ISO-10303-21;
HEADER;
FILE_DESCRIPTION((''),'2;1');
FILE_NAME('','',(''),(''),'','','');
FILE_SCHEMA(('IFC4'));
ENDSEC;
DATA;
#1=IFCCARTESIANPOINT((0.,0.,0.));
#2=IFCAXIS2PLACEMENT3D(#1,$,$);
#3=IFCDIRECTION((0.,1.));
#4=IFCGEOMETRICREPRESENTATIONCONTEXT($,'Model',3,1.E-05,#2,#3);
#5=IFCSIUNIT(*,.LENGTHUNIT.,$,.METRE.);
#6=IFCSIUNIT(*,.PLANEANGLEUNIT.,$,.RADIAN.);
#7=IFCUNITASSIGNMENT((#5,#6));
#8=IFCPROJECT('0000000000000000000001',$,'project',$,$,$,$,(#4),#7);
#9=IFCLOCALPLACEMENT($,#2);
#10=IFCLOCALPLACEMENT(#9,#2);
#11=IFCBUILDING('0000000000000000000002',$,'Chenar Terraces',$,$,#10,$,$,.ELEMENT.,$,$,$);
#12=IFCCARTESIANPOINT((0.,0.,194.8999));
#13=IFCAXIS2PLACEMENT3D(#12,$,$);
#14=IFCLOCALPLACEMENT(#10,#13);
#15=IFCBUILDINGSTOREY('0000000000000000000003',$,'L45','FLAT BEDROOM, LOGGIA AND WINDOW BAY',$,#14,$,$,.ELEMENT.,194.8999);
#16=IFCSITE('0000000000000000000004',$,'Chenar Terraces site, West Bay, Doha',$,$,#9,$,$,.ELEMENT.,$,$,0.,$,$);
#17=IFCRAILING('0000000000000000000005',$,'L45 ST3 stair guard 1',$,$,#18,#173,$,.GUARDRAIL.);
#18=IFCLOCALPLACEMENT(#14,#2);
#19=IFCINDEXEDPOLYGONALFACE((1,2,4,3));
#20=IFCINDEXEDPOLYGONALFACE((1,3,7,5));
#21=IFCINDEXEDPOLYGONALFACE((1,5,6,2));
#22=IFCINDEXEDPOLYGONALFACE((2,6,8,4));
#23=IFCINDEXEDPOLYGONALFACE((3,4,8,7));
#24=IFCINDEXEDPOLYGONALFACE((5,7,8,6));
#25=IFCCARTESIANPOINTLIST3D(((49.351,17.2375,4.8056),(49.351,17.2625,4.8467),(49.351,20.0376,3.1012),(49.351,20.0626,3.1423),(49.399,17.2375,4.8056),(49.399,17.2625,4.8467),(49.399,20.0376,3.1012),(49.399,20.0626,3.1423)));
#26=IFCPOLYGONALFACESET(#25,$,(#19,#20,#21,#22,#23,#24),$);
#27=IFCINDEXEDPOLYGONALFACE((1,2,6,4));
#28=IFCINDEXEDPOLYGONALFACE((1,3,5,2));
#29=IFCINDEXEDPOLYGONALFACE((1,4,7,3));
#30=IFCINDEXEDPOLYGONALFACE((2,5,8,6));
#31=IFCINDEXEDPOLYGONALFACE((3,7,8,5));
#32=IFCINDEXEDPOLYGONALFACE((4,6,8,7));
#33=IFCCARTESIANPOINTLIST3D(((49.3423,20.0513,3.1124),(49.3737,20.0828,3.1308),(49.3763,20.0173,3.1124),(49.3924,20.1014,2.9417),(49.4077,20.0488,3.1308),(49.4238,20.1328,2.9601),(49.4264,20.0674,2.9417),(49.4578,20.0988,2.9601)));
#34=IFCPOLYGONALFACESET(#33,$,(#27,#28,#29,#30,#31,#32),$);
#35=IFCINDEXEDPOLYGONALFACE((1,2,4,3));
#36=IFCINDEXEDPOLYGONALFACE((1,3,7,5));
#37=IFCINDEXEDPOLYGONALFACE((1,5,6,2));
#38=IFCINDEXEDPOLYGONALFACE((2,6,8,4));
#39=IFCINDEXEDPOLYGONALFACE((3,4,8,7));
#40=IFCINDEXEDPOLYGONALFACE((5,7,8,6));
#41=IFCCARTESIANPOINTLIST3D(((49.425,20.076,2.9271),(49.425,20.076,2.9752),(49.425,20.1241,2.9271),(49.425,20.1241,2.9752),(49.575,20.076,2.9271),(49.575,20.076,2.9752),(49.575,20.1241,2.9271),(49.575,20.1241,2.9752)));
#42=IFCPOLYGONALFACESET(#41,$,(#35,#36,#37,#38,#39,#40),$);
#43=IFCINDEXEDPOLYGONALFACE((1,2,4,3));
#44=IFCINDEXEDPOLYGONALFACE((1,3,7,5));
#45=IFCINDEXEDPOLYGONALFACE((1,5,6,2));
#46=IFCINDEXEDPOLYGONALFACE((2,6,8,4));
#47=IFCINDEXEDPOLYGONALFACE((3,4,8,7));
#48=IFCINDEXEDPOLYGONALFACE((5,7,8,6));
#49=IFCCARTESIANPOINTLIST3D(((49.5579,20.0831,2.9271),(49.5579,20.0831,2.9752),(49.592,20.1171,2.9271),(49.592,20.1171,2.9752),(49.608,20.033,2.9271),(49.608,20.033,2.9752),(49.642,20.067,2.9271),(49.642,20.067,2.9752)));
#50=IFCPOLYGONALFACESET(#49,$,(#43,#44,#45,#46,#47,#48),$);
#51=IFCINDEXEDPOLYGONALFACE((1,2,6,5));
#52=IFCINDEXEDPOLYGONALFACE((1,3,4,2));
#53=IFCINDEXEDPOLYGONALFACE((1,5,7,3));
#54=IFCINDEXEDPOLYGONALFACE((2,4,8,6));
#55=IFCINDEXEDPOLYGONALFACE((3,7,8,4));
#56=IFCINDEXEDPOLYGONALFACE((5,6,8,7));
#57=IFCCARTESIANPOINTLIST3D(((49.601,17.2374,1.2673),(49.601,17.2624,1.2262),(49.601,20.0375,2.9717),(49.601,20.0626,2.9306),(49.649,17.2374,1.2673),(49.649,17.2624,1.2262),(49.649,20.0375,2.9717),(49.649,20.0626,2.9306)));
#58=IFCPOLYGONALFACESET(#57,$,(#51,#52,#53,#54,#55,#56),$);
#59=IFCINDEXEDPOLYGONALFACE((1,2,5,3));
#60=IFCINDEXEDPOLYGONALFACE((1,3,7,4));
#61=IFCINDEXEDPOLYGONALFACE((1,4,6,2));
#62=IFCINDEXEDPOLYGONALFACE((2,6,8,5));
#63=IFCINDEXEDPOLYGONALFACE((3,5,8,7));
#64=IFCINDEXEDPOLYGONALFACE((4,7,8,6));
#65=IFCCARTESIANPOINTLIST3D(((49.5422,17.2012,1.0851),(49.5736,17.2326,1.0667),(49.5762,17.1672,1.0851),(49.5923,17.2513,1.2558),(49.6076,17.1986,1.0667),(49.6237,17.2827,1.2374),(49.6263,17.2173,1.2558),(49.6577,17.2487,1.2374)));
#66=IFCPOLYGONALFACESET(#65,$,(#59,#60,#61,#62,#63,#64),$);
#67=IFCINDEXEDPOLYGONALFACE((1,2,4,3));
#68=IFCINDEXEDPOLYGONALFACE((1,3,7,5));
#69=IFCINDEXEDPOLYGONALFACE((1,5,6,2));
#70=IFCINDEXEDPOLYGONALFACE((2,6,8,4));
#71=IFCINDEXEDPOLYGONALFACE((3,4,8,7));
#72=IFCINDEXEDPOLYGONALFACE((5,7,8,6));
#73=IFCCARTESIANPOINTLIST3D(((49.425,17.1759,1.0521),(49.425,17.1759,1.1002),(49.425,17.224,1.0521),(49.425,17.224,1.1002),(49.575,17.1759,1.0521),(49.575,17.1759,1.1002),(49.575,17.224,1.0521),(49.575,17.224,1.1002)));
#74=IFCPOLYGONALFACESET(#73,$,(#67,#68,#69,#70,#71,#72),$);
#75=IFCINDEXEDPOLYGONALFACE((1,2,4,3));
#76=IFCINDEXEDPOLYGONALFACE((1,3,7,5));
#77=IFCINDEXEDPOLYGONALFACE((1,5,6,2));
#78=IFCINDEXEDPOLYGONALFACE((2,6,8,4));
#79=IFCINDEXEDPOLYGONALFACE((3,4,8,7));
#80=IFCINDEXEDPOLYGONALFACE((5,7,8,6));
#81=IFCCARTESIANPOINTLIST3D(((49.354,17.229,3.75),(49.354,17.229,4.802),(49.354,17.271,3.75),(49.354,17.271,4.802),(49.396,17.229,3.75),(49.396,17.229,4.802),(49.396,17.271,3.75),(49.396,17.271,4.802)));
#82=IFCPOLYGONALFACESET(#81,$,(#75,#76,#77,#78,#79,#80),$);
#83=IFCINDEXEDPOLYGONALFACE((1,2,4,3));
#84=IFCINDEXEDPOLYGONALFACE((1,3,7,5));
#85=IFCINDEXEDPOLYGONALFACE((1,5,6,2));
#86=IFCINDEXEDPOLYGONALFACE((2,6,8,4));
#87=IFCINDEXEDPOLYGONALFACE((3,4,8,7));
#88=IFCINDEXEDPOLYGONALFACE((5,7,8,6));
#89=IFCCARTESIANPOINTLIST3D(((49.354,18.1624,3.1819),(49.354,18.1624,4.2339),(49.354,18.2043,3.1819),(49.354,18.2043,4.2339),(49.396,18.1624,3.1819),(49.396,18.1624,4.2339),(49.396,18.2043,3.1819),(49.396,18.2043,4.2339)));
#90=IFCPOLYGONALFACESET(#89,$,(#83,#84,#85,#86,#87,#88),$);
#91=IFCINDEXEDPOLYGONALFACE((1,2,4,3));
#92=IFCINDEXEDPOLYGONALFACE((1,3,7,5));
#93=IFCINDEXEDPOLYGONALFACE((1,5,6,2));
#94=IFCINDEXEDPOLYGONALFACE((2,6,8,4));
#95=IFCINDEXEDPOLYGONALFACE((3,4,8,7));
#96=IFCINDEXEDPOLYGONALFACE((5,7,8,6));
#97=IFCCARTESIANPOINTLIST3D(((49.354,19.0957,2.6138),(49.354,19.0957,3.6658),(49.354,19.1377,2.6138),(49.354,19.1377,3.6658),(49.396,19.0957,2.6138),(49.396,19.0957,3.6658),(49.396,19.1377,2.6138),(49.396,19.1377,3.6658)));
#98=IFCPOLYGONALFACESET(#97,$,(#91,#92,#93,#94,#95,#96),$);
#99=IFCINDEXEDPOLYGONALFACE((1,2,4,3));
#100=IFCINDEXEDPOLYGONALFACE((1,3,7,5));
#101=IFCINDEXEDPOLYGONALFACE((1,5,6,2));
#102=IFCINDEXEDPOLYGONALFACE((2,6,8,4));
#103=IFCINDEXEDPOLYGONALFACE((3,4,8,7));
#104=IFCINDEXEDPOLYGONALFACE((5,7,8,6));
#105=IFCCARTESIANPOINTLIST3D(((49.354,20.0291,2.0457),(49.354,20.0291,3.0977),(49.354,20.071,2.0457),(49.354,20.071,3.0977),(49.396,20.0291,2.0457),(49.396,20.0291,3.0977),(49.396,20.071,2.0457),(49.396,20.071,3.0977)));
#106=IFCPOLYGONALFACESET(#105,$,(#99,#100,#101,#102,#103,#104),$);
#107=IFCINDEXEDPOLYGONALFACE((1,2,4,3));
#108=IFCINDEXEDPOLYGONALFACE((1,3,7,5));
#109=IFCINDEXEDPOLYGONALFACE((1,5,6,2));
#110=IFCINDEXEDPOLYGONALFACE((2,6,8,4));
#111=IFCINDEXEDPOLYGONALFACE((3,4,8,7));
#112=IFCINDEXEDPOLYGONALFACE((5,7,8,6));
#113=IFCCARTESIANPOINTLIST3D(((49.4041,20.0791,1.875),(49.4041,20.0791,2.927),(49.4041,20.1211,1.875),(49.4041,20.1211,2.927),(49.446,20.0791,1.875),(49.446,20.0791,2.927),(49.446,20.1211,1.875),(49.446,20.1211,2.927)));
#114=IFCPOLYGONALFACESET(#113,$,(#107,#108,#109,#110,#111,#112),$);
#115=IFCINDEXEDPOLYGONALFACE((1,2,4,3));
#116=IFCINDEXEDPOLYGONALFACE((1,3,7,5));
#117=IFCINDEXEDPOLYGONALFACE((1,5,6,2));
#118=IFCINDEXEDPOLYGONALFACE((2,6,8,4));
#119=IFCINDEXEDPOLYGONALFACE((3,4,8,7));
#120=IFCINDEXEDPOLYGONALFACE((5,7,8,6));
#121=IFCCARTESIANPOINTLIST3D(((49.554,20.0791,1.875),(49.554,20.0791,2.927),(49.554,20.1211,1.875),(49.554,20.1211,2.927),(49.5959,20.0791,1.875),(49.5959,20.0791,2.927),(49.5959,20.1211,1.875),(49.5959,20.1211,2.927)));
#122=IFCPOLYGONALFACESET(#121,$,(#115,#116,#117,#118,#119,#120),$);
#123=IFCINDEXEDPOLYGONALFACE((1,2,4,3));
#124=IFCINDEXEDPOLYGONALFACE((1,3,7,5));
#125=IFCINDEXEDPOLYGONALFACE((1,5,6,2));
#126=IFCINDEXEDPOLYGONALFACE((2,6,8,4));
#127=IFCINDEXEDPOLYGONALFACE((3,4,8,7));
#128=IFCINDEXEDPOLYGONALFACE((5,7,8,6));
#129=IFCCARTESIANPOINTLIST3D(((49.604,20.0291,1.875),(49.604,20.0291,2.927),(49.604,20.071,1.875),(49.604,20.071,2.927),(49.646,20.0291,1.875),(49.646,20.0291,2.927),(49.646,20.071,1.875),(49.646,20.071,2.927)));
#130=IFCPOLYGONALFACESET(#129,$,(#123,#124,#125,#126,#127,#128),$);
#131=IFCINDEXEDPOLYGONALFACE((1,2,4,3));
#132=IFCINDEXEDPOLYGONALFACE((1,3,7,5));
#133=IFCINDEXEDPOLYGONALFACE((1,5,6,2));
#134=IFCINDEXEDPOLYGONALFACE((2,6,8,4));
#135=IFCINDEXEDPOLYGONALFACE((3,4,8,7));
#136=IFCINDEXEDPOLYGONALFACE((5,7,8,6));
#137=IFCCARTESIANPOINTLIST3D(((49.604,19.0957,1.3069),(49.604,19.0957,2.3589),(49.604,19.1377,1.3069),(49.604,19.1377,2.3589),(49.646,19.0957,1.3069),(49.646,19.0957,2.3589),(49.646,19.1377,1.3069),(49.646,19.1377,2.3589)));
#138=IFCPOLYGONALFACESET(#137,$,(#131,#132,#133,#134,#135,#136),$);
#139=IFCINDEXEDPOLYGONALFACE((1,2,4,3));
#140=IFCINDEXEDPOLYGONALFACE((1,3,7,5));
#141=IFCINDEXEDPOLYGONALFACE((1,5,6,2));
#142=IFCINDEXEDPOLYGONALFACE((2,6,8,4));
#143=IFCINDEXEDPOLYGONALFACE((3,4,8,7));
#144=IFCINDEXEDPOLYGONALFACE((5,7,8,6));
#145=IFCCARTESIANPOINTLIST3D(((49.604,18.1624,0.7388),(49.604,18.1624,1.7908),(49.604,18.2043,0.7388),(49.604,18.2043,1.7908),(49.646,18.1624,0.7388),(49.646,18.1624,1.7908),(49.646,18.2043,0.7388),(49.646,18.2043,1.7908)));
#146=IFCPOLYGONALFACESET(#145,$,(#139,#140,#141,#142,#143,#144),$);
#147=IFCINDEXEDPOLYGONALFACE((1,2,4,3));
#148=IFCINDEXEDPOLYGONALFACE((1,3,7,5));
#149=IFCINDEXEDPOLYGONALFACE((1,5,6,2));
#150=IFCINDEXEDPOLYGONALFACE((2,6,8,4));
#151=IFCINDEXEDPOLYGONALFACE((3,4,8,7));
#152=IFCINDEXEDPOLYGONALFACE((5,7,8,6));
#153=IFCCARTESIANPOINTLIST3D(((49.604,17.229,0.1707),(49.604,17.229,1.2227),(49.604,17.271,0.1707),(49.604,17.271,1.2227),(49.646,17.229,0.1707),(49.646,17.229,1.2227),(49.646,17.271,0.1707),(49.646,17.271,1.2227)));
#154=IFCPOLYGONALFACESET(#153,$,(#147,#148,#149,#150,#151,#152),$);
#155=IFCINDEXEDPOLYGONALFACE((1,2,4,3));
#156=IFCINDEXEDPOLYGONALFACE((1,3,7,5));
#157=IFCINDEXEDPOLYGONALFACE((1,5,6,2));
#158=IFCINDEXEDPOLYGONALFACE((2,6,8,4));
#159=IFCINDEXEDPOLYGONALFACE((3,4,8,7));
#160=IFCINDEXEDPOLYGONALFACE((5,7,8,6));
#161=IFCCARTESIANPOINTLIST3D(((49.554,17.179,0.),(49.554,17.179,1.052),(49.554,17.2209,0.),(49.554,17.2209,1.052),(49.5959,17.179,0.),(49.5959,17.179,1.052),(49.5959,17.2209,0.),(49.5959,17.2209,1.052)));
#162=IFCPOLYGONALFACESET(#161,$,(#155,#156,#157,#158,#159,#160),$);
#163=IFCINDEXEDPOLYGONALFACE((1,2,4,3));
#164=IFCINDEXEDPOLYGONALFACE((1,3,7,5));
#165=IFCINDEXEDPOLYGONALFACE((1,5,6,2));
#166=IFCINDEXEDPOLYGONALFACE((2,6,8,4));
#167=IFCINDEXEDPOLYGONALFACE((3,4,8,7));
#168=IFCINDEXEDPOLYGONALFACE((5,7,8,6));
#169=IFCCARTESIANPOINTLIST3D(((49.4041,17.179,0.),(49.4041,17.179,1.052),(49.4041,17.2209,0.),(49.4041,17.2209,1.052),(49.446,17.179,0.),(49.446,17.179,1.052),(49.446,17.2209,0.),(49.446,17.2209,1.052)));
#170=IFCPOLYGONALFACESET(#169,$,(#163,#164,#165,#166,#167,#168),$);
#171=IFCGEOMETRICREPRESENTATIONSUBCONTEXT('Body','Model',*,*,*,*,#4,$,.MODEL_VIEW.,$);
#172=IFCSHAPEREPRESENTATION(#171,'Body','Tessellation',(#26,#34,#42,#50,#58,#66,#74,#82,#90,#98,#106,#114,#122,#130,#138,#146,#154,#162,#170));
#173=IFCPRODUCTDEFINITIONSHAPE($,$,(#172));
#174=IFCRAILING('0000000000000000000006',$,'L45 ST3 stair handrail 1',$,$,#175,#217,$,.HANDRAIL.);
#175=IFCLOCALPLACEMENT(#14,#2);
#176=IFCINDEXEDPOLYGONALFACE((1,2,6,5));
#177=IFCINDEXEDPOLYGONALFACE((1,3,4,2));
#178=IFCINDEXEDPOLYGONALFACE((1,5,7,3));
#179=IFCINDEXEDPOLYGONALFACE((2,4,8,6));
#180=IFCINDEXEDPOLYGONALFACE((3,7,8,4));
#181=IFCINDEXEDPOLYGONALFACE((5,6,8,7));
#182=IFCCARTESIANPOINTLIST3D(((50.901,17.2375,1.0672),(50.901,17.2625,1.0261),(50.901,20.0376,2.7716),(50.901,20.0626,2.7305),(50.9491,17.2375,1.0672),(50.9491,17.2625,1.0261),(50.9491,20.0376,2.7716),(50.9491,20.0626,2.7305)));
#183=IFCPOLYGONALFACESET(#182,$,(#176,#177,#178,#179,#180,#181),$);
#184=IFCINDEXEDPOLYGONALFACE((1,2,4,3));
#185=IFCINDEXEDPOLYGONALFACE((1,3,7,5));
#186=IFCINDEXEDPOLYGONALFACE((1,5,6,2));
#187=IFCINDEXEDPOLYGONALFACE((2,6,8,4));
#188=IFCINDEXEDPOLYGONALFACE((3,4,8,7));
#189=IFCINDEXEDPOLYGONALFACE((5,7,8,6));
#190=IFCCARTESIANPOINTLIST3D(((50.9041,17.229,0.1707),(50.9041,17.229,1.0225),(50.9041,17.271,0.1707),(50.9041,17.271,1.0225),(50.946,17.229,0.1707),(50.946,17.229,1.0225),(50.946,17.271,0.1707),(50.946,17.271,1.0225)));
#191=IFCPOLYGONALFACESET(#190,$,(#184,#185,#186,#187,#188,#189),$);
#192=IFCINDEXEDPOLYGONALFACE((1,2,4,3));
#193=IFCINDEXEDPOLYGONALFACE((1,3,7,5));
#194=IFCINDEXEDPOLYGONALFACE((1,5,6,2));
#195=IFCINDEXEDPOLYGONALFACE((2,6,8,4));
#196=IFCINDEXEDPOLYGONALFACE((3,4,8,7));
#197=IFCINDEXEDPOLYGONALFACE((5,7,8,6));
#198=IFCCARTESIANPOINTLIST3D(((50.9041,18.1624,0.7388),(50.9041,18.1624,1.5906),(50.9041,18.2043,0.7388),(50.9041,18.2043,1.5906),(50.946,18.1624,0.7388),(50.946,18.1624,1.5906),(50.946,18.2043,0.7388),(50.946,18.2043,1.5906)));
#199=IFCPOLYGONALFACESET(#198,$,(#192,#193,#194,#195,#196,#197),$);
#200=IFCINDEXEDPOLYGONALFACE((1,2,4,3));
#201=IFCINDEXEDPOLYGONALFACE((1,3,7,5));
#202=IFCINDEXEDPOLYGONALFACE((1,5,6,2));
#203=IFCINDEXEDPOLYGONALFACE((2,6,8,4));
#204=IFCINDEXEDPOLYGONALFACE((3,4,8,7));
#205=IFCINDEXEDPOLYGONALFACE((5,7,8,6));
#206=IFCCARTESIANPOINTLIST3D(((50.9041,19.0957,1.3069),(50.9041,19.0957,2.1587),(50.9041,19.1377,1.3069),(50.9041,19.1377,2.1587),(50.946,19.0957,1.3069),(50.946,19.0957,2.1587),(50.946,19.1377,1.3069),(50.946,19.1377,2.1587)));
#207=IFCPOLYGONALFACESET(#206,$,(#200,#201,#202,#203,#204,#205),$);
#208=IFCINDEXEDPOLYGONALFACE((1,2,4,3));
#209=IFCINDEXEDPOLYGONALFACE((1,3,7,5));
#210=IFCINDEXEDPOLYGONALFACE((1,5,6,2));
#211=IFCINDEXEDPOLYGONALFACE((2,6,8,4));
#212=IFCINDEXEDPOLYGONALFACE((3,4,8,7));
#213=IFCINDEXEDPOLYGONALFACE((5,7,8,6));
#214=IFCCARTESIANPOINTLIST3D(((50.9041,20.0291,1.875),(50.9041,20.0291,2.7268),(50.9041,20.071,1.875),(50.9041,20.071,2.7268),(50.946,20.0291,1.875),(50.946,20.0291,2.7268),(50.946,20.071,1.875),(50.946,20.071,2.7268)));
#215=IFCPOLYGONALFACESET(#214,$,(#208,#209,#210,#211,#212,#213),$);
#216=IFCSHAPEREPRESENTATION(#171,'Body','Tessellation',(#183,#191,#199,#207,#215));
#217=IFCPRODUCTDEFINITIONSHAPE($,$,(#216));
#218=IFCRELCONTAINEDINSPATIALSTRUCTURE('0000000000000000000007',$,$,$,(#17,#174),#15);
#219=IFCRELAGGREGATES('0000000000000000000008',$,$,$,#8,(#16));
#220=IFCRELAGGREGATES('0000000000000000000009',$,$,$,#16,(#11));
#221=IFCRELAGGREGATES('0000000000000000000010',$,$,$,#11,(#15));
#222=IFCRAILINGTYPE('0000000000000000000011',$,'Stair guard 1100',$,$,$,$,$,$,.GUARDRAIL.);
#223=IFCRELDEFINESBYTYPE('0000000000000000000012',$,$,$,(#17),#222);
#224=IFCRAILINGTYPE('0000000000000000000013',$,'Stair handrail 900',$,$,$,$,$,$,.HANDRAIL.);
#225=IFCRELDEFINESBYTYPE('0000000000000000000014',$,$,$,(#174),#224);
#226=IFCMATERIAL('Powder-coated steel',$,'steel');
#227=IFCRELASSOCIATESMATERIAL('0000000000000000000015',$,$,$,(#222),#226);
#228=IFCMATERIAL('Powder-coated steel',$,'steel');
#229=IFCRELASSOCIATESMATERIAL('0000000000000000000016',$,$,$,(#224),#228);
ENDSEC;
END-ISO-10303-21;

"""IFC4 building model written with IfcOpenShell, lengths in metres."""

from ifc_helpers import new_model, si_unit, direction, frame, origin, origin_2d, place, context, subcontext, project, spatial, rectangle, extrude, material, type_object, element, save


model = new_model("IFC4")

# Units and contexts
model_context = context("Model", 3, precision=1e-05, world=origin(), true_north=direction((0.0, 1.0)))
body_context = subcontext(model_context, "Body", "Model", "MODEL_VIEW")
ifc_project = project(units=[si_unit("LENGTHUNIT", "METRE"), si_unit("PLANEANGLEUNIT", "RADIAN")], contexts=[model_context])

# Site, building, storey
site_placement = place(None, origin())
site = spatial("IfcSite", under=ifc_project, at=site_placement, Name="Chenar Terraces site, West Bay, Doha", CompositionType="ELEMENT", RefElevation=0.0)
building_placement = place(site_placement, origin())
building = spatial("IfcBuilding", under=site, at=building_placement, Name="Chenar Terraces", CompositionType="ELEMENT")
storey_placement = place(building_placement, frame((0.0, 0.0, 194.8999)))
storey = spatial("IfcBuildingStorey", under=building, at=storey_placement, Name="L45", Description="FLAT BEDROOM, LOGGIA AND WINDOW BAY", CompositionType="ELEMENT", Elevation=194.8999)

# Railings
ifc_material_1 = material(Name="Powder-coated steel", Category="steel")
railing_type_1 = type_object("IfcRailingType", Name="Stair guard 1100", PredefinedType="GUARDRAIL", material=ifc_material_1)
railing_1_placement = place(storey_placement, frame((49.375, 17.25, 3.75)))
element("IfcRailing", 1, at=railing_1_placement, inside=storey, type_object=railing_type_1, Name="L45 ST3 stair guard 1", PredefinedType="GUARDRAIL", context=body_context, shape_type="SweptSolid", body=[
    extrude(rectangle(XDim=0.0481, YDim=0.0481, at=origin_2d()), frame((0.0, 0.0, 1.0762), z_axis=(0.0, 0.854203, -0.51994), x_axis=(-1.0, 0.0, 0.0)), (0.0, 0.0, 1.0), 3.2781),
    extrude(rectangle(XDim=0.0481, YDim=0.0481, at=origin_2d()), frame((0.0, 2.8, -0.6284), z_axis=(0.2709, 0.2709, -0.923703), x_axis=(-0.707107, 0.707107, 0.0)), (0.0, 0.0, 1.0), 0.1848),
    extrude(rectangle(XDim=0.0481, YDim=0.0481, at=origin_2d()), frame((0.05, 2.8501, -0.7988), z_axis=(1.0, 0.0, 0.0), x_axis=(0.0, 1.0, 0.0)), (0.0, 0.0, 1.0), 0.1499),
    extrude(rectangle(XDim=0.0481, YDim=0.0481, at=origin_2d()), frame((0.2, 2.8501, -0.7988), z_axis=(0.707107, -0.707107, 0.0), x_axis=(0.707107, 0.707107, 0.0)), (0.0, 0.0, 1.0), 0.0708),
    extrude(rectangle(XDim=0.0481, YDim=0.0481, at=origin_2d()), frame((0.25, 2.8, -0.7988), z_axis=(0.0, -0.854203, -0.51994), x_axis=(1.0, 0.0, 0.0)), (0.0, 0.0, 1.0), 3.2781),
    extrude(rectangle(XDim=0.0481, YDim=0.0481, at=origin_2d()), frame((0.25, 0.0, -2.5034), z_axis=(-0.2709, -0.2709, -0.923703), x_axis=(0.707107, -0.707107, 0.0)), (0.0, 0.0, 1.0), 0.1848),
    extrude(rectangle(XDim=0.0481, YDim=0.0481, at=origin_2d()), frame((0.2, -0.05, -2.6738), z_axis=(-1.0, 0.0, 0.0), x_axis=(0.0, -1.0, 0.0)), (0.0, 0.0, 1.0), 0.1499),
    extrude(rectangle(XDim=0.042, YDim=0.042, at=origin_2d()), origin(), (0.0, 0.0, 1.0), 1.052),
    extrude(rectangle(XDim=0.042, YDim=0.042, at=origin_2d()), frame((0.0, 0.9333, -0.5681)), (0.0, 0.0, 1.0), 1.052),
    extrude(rectangle(XDim=0.042, YDim=0.042, at=origin_2d()), frame((0.0, 1.8667, -1.1362)), (0.0, 0.0, 1.0), 1.052),
    extrude(rectangle(XDim=0.042, YDim=0.042, at=origin_2d()), frame((0.0, 2.8, -1.7043)), (0.0, 0.0, 1.0), 1.052),
    extrude(rectangle(XDim=0.042, YDim=0.042, at=origin_2d()), frame((0.05, 2.8501, -1.875)), (0.0, 0.0, 1.0), 1.052),
    extrude(rectangle(XDim=0.042, YDim=0.042, at=origin_2d()), frame((0.2, 2.8501, -1.875)), (0.0, 0.0, 1.0), 1.052),
    extrude(rectangle(XDim=0.042, YDim=0.042, at=origin_2d()), frame((0.25, 2.8, -1.875)), (0.0, 0.0, 1.0), 1.052),
    extrude(rectangle(XDim=0.042, YDim=0.042, at=origin_2d()), frame((0.25, 1.8667, -2.4431)), (0.0, 0.0, 1.0), 1.052),
    extrude(rectangle(XDim=0.042, YDim=0.042, at=origin_2d()), frame((0.25, 0.9333, -3.0112)), (0.0, 0.0, 1.0), 1.052),
    extrude(rectangle(XDim=0.042, YDim=0.042, at=origin_2d()), frame((0.25, 0.0, -3.5793)), (0.0, 0.0, 1.0), 1.052),
    extrude(rectangle(XDim=0.042, YDim=0.042, at=origin_2d()), frame((0.2, -0.05, -3.75)), (0.0, 0.0, 1.0), 1.052),
    extrude(rectangle(XDim=0.042, YDim=0.042, at=origin_2d()), frame((0.05, -0.05, -3.75)), (0.0, 0.0, 1.0), 1.052),
])
ifc_material_2 = material(Name="Powder-coated steel", Category="steel")
railing_type_2 = type_object("IfcRailingType", Name="Stair handrail 900", PredefinedType="HANDRAIL", material=ifc_material_2)
railing_2_placement = place(storey_placement, frame((50.925, 17.25, 0.1707)))
element("IfcRailing", 2, at=railing_2_placement, inside=storey, type_object=railing_type_2, Name="L45 ST3 stair handrail 1", PredefinedType="HANDRAIL", context=body_context, shape_type="SweptSolid", body=[
    extrude(rectangle(XDim=0.0481, YDim=0.0481, at=origin_2d()), frame((0.0, 0.0, 0.876), z_axis=(0.0, 0.854203, 0.51994), x_axis=(-1.0, 0.0, 0.0)), (0.0, 0.0, 1.0), 3.2781),
    extrude(rectangle(XDim=0.042, YDim=0.042, at=origin_2d()), origin(), (0.0, 0.0, 1.0), 0.8518),
    extrude(rectangle(XDim=0.042, YDim=0.042, at=origin_2d()), frame((0.0, 0.9333, 0.5681)), (0.0, 0.0, 1.0), 0.8518),
    extrude(rectangle(XDim=0.042, YDim=0.042, at=origin_2d()), frame((0.0, 1.8667, 1.1362)), (0.0, 0.0, 1.0), 0.8518),
    extrude(rectangle(XDim=0.042, YDim=0.042, at=origin_2d()), frame((0.0, 2.8, 1.7043)), (0.0, 0.0, 1.0), 0.8518),
])

save(model, "model.ifc")
